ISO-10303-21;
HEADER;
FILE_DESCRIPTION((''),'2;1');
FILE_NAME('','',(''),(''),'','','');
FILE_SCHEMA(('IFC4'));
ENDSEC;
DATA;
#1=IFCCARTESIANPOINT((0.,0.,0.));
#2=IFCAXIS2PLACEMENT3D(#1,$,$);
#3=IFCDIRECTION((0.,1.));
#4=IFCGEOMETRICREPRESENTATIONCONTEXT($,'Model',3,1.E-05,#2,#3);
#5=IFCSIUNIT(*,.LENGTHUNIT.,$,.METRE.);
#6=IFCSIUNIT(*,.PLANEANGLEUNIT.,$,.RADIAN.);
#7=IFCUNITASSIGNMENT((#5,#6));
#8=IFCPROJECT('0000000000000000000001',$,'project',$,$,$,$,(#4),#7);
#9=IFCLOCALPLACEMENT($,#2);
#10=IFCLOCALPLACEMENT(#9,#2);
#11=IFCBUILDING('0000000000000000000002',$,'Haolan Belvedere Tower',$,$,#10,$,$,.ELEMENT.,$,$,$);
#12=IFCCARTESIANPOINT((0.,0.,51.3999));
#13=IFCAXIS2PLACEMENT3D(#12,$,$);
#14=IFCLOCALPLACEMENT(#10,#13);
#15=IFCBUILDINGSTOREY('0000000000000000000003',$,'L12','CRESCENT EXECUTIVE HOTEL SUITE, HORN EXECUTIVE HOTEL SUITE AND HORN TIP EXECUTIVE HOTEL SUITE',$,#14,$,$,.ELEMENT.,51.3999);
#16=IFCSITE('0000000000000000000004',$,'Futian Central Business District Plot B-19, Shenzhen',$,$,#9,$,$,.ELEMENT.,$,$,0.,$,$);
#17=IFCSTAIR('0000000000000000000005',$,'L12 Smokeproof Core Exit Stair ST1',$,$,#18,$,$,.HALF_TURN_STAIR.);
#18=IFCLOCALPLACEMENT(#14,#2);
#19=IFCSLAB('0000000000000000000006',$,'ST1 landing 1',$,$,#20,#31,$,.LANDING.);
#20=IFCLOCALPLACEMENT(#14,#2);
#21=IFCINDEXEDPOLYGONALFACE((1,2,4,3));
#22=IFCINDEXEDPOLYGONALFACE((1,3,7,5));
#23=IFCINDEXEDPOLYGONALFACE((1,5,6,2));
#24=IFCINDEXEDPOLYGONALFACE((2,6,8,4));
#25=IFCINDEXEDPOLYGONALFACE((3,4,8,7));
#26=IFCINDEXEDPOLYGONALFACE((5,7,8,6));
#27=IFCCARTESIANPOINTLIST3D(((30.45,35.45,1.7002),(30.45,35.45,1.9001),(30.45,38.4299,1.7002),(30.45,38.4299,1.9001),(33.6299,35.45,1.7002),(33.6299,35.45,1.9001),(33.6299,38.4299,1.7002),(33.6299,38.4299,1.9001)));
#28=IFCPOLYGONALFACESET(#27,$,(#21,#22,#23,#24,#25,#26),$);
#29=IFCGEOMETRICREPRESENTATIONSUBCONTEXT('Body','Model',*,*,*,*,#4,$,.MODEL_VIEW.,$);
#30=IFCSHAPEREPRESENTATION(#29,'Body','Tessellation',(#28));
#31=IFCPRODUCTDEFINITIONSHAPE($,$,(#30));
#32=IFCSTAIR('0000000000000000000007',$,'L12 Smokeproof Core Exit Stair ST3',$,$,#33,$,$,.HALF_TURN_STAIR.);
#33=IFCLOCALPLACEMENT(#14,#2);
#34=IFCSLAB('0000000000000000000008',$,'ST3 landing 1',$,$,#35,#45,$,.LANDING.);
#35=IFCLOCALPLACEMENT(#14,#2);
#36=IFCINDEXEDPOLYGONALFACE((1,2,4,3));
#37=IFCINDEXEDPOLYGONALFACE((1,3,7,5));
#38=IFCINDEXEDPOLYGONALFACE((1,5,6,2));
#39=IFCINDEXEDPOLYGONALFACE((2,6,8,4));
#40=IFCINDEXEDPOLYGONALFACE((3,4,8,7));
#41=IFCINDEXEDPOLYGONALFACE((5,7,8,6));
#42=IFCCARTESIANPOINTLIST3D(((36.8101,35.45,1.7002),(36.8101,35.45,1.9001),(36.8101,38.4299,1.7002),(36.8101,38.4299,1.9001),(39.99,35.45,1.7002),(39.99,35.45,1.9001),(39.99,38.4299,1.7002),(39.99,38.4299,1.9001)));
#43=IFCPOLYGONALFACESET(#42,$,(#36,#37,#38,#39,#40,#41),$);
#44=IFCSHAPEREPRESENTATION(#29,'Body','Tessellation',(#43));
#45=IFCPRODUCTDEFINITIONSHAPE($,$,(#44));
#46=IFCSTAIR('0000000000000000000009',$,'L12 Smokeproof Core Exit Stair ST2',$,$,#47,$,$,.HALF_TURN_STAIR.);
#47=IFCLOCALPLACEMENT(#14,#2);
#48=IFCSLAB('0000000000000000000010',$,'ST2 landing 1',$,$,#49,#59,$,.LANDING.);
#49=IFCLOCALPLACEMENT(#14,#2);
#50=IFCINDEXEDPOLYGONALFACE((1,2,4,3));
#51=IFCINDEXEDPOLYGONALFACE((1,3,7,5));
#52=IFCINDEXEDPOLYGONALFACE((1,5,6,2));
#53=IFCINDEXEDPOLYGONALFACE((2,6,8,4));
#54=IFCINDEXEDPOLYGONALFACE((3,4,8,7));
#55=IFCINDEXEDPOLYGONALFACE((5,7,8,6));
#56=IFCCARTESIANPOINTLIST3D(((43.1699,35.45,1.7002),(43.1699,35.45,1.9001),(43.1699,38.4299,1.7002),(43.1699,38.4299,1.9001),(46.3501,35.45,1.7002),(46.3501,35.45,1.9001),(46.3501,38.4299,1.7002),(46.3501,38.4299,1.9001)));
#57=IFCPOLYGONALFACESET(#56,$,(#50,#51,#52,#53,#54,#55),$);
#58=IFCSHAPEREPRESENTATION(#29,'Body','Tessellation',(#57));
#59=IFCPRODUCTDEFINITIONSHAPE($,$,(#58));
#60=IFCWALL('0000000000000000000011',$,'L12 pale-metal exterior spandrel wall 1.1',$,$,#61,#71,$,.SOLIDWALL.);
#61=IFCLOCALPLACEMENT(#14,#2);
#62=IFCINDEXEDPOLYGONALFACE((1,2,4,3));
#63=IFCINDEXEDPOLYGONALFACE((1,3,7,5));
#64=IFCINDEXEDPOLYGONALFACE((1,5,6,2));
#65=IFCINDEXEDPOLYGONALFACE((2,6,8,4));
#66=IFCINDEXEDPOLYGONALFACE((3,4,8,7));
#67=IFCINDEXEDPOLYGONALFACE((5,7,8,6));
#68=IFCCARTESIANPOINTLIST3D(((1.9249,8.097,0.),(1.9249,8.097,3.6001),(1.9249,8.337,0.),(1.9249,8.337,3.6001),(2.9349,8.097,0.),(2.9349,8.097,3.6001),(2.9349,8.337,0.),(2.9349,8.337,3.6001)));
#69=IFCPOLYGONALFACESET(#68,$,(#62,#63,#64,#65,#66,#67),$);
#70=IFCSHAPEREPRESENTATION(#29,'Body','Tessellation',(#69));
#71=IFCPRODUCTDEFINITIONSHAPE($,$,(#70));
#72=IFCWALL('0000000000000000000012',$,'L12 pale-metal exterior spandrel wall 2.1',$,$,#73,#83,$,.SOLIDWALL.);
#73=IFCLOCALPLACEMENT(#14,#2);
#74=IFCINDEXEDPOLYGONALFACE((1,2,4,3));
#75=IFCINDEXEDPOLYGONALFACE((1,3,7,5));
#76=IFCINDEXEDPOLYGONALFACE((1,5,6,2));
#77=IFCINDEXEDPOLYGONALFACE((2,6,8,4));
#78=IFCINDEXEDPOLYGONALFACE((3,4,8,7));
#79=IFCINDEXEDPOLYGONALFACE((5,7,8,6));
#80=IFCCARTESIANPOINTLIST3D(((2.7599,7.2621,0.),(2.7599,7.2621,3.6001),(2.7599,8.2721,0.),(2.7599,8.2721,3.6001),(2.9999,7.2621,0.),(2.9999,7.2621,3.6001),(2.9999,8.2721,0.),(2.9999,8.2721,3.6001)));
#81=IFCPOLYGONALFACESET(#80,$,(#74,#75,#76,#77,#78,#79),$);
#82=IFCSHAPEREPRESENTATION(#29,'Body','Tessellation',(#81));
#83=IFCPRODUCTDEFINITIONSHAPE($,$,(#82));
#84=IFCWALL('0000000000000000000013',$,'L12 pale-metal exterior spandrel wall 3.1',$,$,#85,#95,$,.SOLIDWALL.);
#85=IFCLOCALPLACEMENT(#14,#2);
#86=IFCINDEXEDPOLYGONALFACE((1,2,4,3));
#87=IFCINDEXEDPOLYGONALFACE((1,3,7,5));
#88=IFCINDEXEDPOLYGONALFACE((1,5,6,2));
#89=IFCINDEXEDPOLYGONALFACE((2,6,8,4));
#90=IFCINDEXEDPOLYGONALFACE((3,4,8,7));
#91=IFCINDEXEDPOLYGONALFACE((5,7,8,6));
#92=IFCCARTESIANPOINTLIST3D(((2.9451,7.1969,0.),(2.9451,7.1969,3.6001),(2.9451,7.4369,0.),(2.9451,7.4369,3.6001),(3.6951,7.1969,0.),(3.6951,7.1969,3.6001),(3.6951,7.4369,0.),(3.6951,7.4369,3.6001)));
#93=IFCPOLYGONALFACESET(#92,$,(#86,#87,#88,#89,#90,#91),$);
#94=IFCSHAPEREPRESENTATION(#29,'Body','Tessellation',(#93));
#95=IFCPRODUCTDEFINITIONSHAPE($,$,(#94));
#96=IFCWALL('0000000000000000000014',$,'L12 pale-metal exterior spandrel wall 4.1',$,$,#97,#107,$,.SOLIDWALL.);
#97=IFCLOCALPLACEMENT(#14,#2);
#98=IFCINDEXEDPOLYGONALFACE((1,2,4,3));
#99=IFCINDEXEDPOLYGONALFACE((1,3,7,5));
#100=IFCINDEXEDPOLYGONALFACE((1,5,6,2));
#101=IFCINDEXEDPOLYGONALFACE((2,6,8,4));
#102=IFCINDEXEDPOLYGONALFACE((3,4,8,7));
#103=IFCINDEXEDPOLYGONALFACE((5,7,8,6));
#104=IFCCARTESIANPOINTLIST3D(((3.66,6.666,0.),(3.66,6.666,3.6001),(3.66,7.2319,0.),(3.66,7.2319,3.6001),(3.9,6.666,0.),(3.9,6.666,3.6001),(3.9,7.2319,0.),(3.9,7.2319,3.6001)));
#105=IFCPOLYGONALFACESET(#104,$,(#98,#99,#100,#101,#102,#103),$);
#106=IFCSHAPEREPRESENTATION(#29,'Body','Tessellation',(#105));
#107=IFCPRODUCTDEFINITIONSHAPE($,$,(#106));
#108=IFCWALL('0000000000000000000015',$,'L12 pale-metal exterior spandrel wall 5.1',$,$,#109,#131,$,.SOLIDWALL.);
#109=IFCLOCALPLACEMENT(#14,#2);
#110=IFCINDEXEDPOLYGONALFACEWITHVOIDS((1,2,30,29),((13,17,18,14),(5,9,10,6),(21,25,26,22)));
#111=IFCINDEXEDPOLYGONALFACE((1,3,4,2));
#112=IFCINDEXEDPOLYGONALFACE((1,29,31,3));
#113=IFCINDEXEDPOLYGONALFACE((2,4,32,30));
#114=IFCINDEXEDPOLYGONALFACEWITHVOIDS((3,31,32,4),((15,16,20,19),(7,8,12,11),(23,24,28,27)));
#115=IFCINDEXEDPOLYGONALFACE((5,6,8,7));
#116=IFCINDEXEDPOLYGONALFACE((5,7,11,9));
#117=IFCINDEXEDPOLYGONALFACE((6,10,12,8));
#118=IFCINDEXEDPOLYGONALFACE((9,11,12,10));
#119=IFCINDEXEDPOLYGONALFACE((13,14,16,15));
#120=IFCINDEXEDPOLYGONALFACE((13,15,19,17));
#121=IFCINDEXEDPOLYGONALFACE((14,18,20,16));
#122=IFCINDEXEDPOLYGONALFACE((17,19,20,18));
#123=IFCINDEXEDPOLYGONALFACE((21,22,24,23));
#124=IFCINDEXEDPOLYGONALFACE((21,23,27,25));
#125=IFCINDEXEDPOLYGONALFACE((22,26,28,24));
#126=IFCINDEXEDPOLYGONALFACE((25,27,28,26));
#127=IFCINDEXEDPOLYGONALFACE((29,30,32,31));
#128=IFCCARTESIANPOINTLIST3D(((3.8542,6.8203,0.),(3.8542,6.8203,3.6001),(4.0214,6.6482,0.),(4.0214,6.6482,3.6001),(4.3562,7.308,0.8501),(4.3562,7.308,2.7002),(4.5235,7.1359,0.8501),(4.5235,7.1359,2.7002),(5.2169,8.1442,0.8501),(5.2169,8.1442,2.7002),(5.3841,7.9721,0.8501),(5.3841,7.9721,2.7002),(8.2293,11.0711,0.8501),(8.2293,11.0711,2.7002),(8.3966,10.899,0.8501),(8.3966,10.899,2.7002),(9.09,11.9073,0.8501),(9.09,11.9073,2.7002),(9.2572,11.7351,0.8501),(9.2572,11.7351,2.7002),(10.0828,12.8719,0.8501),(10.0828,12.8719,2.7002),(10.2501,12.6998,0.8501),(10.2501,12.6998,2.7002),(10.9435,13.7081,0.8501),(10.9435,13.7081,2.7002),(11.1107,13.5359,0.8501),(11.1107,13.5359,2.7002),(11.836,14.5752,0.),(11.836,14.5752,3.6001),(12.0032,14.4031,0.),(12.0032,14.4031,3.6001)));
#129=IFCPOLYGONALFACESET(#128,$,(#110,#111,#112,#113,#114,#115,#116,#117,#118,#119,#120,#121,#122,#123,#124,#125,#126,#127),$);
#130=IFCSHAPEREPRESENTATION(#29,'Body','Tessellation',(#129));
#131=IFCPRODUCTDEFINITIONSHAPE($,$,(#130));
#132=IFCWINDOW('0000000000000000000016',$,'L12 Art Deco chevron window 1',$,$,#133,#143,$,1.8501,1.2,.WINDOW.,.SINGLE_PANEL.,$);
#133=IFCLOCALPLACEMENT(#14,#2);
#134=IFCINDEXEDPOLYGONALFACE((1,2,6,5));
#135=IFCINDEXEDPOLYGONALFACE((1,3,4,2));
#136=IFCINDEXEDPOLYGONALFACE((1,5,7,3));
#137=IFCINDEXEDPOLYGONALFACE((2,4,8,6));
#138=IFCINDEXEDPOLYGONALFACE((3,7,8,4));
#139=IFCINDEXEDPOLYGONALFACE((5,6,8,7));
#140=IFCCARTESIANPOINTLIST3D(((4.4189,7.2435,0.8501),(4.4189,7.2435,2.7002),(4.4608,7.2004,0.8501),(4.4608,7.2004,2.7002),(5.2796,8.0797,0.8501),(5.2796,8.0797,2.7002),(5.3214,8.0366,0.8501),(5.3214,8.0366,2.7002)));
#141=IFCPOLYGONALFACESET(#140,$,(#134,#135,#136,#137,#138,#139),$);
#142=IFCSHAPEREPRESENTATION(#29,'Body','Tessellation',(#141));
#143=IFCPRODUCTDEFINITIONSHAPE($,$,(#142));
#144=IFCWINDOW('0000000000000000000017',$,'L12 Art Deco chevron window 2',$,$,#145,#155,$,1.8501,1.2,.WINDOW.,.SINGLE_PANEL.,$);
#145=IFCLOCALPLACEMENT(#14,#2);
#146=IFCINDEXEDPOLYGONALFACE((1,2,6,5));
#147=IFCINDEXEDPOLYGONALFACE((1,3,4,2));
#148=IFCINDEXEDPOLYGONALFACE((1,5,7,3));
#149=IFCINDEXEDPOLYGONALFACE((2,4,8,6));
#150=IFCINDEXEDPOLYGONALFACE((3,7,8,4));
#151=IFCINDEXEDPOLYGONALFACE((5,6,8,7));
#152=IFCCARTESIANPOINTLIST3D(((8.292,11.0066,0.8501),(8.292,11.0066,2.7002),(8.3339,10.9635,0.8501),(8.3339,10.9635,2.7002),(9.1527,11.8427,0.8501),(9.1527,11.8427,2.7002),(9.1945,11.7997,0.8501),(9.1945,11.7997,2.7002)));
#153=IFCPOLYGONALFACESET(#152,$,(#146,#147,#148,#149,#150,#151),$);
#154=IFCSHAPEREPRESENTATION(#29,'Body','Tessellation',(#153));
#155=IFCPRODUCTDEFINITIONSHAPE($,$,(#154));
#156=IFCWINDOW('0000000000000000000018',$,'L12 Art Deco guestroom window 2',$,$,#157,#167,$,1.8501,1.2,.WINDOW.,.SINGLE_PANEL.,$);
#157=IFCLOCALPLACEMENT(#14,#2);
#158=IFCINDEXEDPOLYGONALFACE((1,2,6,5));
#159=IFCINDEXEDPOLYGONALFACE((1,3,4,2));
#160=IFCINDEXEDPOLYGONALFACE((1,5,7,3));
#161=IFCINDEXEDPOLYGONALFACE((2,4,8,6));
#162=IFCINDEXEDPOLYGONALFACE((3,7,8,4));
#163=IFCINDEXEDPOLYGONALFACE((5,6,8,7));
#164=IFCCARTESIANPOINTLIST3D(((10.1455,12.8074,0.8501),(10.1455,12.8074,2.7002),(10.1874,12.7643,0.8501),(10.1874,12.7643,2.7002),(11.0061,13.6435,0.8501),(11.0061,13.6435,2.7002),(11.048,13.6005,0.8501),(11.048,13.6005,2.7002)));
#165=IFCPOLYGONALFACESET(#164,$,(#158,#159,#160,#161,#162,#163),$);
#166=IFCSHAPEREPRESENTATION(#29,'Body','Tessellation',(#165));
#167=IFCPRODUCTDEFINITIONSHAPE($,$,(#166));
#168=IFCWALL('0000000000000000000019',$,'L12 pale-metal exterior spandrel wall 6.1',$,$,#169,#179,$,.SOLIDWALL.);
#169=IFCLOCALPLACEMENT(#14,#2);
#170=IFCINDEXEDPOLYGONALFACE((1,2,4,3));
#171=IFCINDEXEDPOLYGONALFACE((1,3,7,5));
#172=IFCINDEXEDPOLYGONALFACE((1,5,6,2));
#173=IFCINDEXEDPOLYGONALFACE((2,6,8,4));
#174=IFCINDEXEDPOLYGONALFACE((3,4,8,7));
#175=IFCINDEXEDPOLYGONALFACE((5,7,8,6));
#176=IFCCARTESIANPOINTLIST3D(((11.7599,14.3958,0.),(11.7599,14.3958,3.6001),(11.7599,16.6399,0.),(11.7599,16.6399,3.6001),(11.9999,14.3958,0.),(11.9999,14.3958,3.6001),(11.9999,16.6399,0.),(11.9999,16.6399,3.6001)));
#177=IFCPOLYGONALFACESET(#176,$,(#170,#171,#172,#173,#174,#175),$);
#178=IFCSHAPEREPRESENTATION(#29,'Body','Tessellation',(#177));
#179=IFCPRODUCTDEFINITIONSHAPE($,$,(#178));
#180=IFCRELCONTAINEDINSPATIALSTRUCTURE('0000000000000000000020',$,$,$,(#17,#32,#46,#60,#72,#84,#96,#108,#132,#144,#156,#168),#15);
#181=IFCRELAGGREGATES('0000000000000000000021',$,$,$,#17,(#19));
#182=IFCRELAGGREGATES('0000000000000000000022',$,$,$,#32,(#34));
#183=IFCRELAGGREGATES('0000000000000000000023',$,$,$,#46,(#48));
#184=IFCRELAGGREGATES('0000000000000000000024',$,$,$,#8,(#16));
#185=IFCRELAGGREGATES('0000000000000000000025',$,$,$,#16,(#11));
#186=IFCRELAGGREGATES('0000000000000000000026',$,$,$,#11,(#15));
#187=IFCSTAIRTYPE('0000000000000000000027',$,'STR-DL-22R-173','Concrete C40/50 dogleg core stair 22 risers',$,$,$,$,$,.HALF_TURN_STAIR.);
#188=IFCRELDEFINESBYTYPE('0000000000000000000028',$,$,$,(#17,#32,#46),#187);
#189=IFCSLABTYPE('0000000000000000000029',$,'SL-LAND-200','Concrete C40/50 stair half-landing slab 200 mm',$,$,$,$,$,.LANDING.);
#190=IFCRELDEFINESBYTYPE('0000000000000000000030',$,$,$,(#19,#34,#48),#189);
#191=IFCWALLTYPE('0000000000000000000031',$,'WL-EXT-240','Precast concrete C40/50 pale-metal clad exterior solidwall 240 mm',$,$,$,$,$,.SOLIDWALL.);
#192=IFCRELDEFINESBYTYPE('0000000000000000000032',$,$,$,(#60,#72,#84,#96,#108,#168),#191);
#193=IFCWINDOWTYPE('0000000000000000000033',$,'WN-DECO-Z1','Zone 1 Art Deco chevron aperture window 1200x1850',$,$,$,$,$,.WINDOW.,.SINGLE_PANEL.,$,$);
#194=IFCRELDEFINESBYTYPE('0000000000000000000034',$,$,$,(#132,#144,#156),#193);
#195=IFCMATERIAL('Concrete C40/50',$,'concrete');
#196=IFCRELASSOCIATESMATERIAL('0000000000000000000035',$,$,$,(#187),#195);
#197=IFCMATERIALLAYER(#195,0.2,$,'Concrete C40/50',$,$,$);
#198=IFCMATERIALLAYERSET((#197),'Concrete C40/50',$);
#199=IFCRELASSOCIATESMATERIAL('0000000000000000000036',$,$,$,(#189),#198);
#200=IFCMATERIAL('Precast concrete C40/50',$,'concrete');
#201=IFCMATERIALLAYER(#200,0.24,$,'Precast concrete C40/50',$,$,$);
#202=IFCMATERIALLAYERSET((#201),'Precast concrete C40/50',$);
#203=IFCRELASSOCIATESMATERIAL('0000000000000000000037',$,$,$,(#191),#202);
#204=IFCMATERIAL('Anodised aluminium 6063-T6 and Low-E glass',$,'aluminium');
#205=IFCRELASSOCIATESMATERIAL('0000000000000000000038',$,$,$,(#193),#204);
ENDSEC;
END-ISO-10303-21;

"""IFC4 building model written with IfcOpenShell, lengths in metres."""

from ifc_helpers import new_model, si_unit, direction, frame, frame_2d, origin, place, context, subcontext, project, spatial, polyline, rectangle, outline, extrude, material, layer, layer_set, type_object, element, fill, aggregate, save


model = new_model("IFC4")

# Units and contexts
model_context = context("Model", 3, precision=1e-05, world=origin(), true_north=direction((0.0, 1.0)))
body_context = subcontext(model_context, "Body", "Model", "MODEL_VIEW")
ifc_project = project(units=[si_unit("LENGTHUNIT", "METRE"), si_unit("PLANEANGLEUNIT", "RADIAN")], contexts=[model_context])

# Site, building, storey
site_placement = place(None, origin())
site = spatial("IfcSite", under=ifc_project, at=site_placement, Name="Futian Central Business District Plot B-19, Shenzhen", CompositionType="ELEMENT", RefElevation=0.0)
building_placement = place(site_placement, origin())
building = spatial("IfcBuilding", under=site, at=building_placement, Name="Haolan Belvedere Tower", CompositionType="ELEMENT")
storey_placement = place(building_placement, frame((0.0, 0.0, 51.3999)))
storey = spatial("IfcBuildingStorey", under=building, at=storey_placement, Name="L12", Description="CRESCENT EXECUTIVE HOTEL SUITE, HORN EXECUTIVE HOTEL SUITE AND HORN TIP EXECUTIVE HOTEL SUITE", CompositionType="ELEMENT", Elevation=51.3999)

# Shared definitions
ifc_material_1 = material(Name="Concrete C40/50", Category="concrete")

# Stairs, slabs
stair_type = type_object("IfcStairType", Name="STR-DL-22R-173", Description="Concrete C40/50 dogleg core stair 22 risers", PredefinedType="HALF_TURN_STAIR", material=ifc_material_1)
stair_1_placement = place(storey_placement, origin())
stair_1 = element("IfcStair", 1, at=stair_1_placement, inside=storey, type_object=stair_type, Name="L12 Smokeproof Core Exit Stair ST1", PredefinedType="HALF_TURN_STAIR")
ifc_layer_1 = layer(ifc_material_1, 0.2, Name="Concrete C40/50")
ifc_layer_set_1 = layer_set([ifc_layer_1], Name="Concrete C40/50")
slab_type_1 = type_object("IfcSlabType", Name="SL-LAND-200", Description="Concrete C40/50 stair half-landing slab 200 mm", PredefinedType="LANDING", material=ifc_layer_set_1)
slab_1_placement = place(storey_placement, frame((0.0, 0.0, 1.7002)))
slab_1 = element("IfcSlab", 2, at=slab_1_placement, type_object=slab_type_1, Name="ST1 landing 1", PredefinedType="LANDING", context=body_context, shape_type="SweptSolid", body=[
    extrude(outline(polyline([(30.45, 38.4299), (30.45, 35.45), (33.6299, 35.45), (33.6299, 38.4299), (30.45, 38.4299)])), origin(), (0.0, 0.0, 1.0), 0.2),
])
aggregate(stair_1, [slab_1])
stair_2_placement = place(storey_placement, origin())
stair_2 = element("IfcStair", 3, at=stair_2_placement, inside=storey, type_object=stair_type, Name="L12 Smokeproof Core Exit Stair ST3", PredefinedType="HALF_TURN_STAIR")
slab_2_placement = place(storey_placement, frame((0.0, 0.0, 1.7002)))
slab_2 = element("IfcSlab", 4, at=slab_2_placement, type_object=slab_type_1, Name="ST3 landing 1", PredefinedType="LANDING", context=body_context, shape_type="SweptSolid", body=[
    extrude(outline(polyline([(36.8101, 38.4299), (36.8101, 35.45), (39.99, 35.45), (39.99, 38.4299), (36.8101, 38.4299)])), origin(), (0.0, 0.0, 1.0), 0.2),
])
aggregate(stair_2, [slab_2])
stair_3_placement = place(storey_placement, origin())
stair_3 = element("IfcStair", 5, at=stair_3_placement, inside=storey, type_object=stair_type, Name="L12 Smokeproof Core Exit Stair ST2", PredefinedType="HALF_TURN_STAIR")
slab_3_placement = place(storey_placement, frame((0.0, 0.0, 1.7002)))
slab_3 = element("IfcSlab", 6, at=slab_3_placement, type_object=slab_type_1, Name="ST2 landing 1", PredefinedType="LANDING", context=body_context, shape_type="SweptSolid", body=[
    extrude(outline(polyline([(43.1699, 38.4299), (43.1699, 35.45), (46.3501, 35.45), (46.3501, 38.4299), (43.1699, 38.4299)])), origin(), (0.0, 0.0, 1.0), 0.2),
])
aggregate(stair_3, [slab_3])

# Walls
ifc_material_2 = material(Name="Precast concrete C40/50", Category="concrete")
ifc_layer_2 = layer(ifc_material_2, 0.24, Name="Precast concrete C40/50")
ifc_layer_set_2 = layer_set([ifc_layer_2], Name="Precast concrete C40/50")
wall_type_1 = type_object("IfcWallType", Name="WL-EXT-240", Description="Precast concrete C40/50 pale-metal clad exterior solidwall 240 mm", PredefinedType="SOLIDWALL", material=ifc_layer_set_2)
for number, where, z_axis, x_axis, name in (
    (7, (1.925, 8.217, 0.0), (0.0, 0.0, 1.0), (1.0, 0.0, 0.0), "L12 pale-metal exterior spandrel wall 1.1"),
    (8, (2.8799, 8.272, 0.0), (0.0, 0.0, 1.0), (0.0, -1.0, 0.0), "L12 pale-metal exterior spandrel wall 2.1"),
):
    element("IfcWall", number, at=place(storey_placement, frame(where, z_axis=z_axis, x_axis=x_axis)), inside=storey, type_object=wall_type_1, Name=name, PredefinedType="SOLIDWALL", context=body_context, shape_type="SweptSolid", body=[
        extrude(rectangle(XDim=1.01, YDim=0.24, at=frame_2d((0.5049, 0.0))), origin(), (0.0, 0.0, 1.0), 3.6001),
    ])
wall_1_placement = place(storey_placement, frame((2.9451, 7.3169, 0.0), z_axis=(0.0, 0.0, 1.0), x_axis=(1.0, 0.0, 0.0)))
element("IfcWall", 9, at=wall_1_placement, inside=storey, type_object=wall_type_1, Name="L12 pale-metal exterior spandrel wall 3.1", PredefinedType="SOLIDWALL", context=body_context, shape_type="SweptSolid", body=[
    extrude(rectangle(XDim=0.75, YDim=0.24, at=frame_2d((0.375, 0.0))), origin(), (0.0, 0.0, 1.0), 3.6001),
])
wall_2_placement = place(storey_placement, frame((3.78, 7.2319, 0.0), z_axis=(0.0, 0.0, 1.0), x_axis=(0.0, -1.0, 0.0)))
element("IfcWall", 10, at=wall_2_placement, inside=storey, type_object=wall_type_1, Name="L12 pale-metal exterior spandrel wall 4.1", PredefinedType="SOLIDWALL", context=body_context, shape_type="SweptSolid", body=[
    extrude(rectangle(XDim=0.5659, YDim=0.24, at=frame_2d((0.283, 0.0))), origin(), (0.0, 0.0, 1.0), 3.6001),
])

# Wall, openings, windows
wall_3_placement = place(storey_placement, frame((3.9377, 6.7341, 0.0), z_axis=(0.0, 0.0, 1.0), x_axis=(0.717224, 0.696843, 0.0)))
wall_3 = element("IfcWall", 11, at=wall_3_placement, inside=storey, type_object=wall_type_1, Name="L12 pale-metal exterior spandrel wall 5.1", PredefinedType="SOLIDWALL", context=body_context, shape_type="SweptSolid", body=[
    extrude(rectangle(XDim=11.1287, YDim=0.24, at=frame_2d((5.5645, 0.0))), origin(), (0.0, 0.0, 1.0), 3.6001),
])
opening_1_placement = place(wall_3_placement, frame((0.7, 0.0, 0.8501)))
opening_1 = element("IfcOpeningElement", 12, at=opening_1_placement, cuts=wall_3, PredefinedType="OPENING", context=body_context, shape_type="SweptSolid", body=[
    extrude(rectangle(XDim=1.2, YDim=1.8501, at=frame_2d((0.6001, 0.925))), frame((0.0, 0.1299, 0.0), z_axis=(0.0, -1.0, 0.0), x_axis=(1.0, 0.0, 0.0)), (0.0, 0.0, 1.0), 0.26),
])
opening_2_placement = place(wall_3_placement, frame((6.1001, 0.0, 0.8501)))
opening_2 = element("IfcOpeningElement", 13, at=opening_2_placement, cuts=wall_3, PredefinedType="OPENING", context=body_context, shape_type="SweptSolid", body=[
    extrude(rectangle(XDim=1.2, YDim=1.8501, at=frame_2d((0.6001, 0.925))), frame((0.0, 0.1299, 0.0), z_axis=(0.0, -1.0, 0.0), x_axis=(1.0, 0.0, 0.0)), (0.0, 0.0, 1.0), 0.26),
])
opening_3_placement = place(wall_3_placement, frame((8.6843, 0.0, 0.8501)))
opening_3 = element("IfcOpeningElement", 14, at=opening_3_placement, cuts=wall_3, PredefinedType="OPENING", context=body_context, shape_type="SweptSolid", body=[
    extrude(rectangle(XDim=1.2, YDim=1.8501, at=frame_2d((0.6001, 0.925))), frame((0.0, 0.1299, 0.0), z_axis=(0.0, -1.0, 0.0), x_axis=(1.0, 0.0, 0.0)), (0.0, 0.0, 1.0), 0.26),
])
ifc_material_3 = material(Name="Anodised aluminium 6063-T6 and Low-E glass", Category="aluminium")
window_type = type_object("IfcWindowType", Name="WN-DECO-Z1", Description="Zone 1 Art Deco chevron aperture window 1200x1850", PartitioningType="SINGLE_PANEL", PredefinedType="WINDOW", material=ifc_material_3)
window_1_placement = place(opening_1_placement, origin())
window_1 = element("IfcWindow", 15, at=window_1_placement, inside=storey, type_object=window_type, Name="L12 Art Deco chevron window 1", OverallHeight=1.8501, OverallWidth=1.2, PartitioningType="SINGLE_PANEL", PredefinedType="WINDOW", context=body_context, shape_type="SweptSolid", body=[
    extrude(rectangle(XDim=1.2, YDim=1.8501, at=frame_2d((0.6001, 0.925))), frame((0.0, 0.03, 0.0), z_axis=(0.0, -1.0, 0.0), x_axis=(1.0, 0.0, 0.0)), (0.0, 0.0, 1.0), 0.0601),
])
fill(opening_1, window_1)
window_2_placement = place(opening_2_placement, origin())
window_2 = element("IfcWindow", 16, at=window_2_placement, inside=storey, type_object=window_type, Name="L12 Art Deco chevron window 2", OverallHeight=1.8501, OverallWidth=1.2, PartitioningType="SINGLE_PANEL", PredefinedType="WINDOW", context=body_context, shape_type="SweptSolid", body=[
    extrude(rectangle(XDim=1.2, YDim=1.8501, at=frame_2d((0.6001, 0.925))), frame((0.0, 0.03, 0.0), z_axis=(0.0, -1.0, 0.0), x_axis=(1.0, 0.0, 0.0)), (0.0, 0.0, 1.0), 0.0601),
])
fill(opening_2, window_2)
window_3_placement = place(opening_3_placement, origin())
window_3 = element("IfcWindow", 17, at=window_3_placement, inside=storey, type_object=window_type, Name="L12 Art Deco guestroom window 2", OverallHeight=1.8501, OverallWidth=1.2, PartitioningType="SINGLE_PANEL", PredefinedType="WINDOW", context=body_context, shape_type="SweptSolid", body=[
    extrude(rectangle(XDim=1.2, YDim=1.8501, at=frame_2d((0.6001, 0.925))), frame((0.0, 0.03, 0.0), z_axis=(0.0, -1.0, 0.0), x_axis=(1.0, 0.0, 0.0)), (0.0, 0.0, 1.0), 0.0601),
])
fill(opening_3, window_3)

# Wall
wall_4_placement = place(storey_placement, frame((11.8799, 14.3958, 0.0), z_axis=(0.0, 0.0, 1.0), x_axis=(0.0, 1.0, 0.0)))
element("IfcWall", 18, at=wall_4_placement, inside=storey, type_object=wall_type_1, Name="L12 pale-metal exterior spandrel wall 6.1", PredefinedType="SOLIDWALL", context=body_context, shape_type="SweptSolid", body=[
    extrude(rectangle(XDim=2.2441, YDim=0.24, at=frame_2d((1.1221, 0.0))), origin(), (0.0, 0.0, 1.0), 3.6001),
])

save(model, "model.ifc")
